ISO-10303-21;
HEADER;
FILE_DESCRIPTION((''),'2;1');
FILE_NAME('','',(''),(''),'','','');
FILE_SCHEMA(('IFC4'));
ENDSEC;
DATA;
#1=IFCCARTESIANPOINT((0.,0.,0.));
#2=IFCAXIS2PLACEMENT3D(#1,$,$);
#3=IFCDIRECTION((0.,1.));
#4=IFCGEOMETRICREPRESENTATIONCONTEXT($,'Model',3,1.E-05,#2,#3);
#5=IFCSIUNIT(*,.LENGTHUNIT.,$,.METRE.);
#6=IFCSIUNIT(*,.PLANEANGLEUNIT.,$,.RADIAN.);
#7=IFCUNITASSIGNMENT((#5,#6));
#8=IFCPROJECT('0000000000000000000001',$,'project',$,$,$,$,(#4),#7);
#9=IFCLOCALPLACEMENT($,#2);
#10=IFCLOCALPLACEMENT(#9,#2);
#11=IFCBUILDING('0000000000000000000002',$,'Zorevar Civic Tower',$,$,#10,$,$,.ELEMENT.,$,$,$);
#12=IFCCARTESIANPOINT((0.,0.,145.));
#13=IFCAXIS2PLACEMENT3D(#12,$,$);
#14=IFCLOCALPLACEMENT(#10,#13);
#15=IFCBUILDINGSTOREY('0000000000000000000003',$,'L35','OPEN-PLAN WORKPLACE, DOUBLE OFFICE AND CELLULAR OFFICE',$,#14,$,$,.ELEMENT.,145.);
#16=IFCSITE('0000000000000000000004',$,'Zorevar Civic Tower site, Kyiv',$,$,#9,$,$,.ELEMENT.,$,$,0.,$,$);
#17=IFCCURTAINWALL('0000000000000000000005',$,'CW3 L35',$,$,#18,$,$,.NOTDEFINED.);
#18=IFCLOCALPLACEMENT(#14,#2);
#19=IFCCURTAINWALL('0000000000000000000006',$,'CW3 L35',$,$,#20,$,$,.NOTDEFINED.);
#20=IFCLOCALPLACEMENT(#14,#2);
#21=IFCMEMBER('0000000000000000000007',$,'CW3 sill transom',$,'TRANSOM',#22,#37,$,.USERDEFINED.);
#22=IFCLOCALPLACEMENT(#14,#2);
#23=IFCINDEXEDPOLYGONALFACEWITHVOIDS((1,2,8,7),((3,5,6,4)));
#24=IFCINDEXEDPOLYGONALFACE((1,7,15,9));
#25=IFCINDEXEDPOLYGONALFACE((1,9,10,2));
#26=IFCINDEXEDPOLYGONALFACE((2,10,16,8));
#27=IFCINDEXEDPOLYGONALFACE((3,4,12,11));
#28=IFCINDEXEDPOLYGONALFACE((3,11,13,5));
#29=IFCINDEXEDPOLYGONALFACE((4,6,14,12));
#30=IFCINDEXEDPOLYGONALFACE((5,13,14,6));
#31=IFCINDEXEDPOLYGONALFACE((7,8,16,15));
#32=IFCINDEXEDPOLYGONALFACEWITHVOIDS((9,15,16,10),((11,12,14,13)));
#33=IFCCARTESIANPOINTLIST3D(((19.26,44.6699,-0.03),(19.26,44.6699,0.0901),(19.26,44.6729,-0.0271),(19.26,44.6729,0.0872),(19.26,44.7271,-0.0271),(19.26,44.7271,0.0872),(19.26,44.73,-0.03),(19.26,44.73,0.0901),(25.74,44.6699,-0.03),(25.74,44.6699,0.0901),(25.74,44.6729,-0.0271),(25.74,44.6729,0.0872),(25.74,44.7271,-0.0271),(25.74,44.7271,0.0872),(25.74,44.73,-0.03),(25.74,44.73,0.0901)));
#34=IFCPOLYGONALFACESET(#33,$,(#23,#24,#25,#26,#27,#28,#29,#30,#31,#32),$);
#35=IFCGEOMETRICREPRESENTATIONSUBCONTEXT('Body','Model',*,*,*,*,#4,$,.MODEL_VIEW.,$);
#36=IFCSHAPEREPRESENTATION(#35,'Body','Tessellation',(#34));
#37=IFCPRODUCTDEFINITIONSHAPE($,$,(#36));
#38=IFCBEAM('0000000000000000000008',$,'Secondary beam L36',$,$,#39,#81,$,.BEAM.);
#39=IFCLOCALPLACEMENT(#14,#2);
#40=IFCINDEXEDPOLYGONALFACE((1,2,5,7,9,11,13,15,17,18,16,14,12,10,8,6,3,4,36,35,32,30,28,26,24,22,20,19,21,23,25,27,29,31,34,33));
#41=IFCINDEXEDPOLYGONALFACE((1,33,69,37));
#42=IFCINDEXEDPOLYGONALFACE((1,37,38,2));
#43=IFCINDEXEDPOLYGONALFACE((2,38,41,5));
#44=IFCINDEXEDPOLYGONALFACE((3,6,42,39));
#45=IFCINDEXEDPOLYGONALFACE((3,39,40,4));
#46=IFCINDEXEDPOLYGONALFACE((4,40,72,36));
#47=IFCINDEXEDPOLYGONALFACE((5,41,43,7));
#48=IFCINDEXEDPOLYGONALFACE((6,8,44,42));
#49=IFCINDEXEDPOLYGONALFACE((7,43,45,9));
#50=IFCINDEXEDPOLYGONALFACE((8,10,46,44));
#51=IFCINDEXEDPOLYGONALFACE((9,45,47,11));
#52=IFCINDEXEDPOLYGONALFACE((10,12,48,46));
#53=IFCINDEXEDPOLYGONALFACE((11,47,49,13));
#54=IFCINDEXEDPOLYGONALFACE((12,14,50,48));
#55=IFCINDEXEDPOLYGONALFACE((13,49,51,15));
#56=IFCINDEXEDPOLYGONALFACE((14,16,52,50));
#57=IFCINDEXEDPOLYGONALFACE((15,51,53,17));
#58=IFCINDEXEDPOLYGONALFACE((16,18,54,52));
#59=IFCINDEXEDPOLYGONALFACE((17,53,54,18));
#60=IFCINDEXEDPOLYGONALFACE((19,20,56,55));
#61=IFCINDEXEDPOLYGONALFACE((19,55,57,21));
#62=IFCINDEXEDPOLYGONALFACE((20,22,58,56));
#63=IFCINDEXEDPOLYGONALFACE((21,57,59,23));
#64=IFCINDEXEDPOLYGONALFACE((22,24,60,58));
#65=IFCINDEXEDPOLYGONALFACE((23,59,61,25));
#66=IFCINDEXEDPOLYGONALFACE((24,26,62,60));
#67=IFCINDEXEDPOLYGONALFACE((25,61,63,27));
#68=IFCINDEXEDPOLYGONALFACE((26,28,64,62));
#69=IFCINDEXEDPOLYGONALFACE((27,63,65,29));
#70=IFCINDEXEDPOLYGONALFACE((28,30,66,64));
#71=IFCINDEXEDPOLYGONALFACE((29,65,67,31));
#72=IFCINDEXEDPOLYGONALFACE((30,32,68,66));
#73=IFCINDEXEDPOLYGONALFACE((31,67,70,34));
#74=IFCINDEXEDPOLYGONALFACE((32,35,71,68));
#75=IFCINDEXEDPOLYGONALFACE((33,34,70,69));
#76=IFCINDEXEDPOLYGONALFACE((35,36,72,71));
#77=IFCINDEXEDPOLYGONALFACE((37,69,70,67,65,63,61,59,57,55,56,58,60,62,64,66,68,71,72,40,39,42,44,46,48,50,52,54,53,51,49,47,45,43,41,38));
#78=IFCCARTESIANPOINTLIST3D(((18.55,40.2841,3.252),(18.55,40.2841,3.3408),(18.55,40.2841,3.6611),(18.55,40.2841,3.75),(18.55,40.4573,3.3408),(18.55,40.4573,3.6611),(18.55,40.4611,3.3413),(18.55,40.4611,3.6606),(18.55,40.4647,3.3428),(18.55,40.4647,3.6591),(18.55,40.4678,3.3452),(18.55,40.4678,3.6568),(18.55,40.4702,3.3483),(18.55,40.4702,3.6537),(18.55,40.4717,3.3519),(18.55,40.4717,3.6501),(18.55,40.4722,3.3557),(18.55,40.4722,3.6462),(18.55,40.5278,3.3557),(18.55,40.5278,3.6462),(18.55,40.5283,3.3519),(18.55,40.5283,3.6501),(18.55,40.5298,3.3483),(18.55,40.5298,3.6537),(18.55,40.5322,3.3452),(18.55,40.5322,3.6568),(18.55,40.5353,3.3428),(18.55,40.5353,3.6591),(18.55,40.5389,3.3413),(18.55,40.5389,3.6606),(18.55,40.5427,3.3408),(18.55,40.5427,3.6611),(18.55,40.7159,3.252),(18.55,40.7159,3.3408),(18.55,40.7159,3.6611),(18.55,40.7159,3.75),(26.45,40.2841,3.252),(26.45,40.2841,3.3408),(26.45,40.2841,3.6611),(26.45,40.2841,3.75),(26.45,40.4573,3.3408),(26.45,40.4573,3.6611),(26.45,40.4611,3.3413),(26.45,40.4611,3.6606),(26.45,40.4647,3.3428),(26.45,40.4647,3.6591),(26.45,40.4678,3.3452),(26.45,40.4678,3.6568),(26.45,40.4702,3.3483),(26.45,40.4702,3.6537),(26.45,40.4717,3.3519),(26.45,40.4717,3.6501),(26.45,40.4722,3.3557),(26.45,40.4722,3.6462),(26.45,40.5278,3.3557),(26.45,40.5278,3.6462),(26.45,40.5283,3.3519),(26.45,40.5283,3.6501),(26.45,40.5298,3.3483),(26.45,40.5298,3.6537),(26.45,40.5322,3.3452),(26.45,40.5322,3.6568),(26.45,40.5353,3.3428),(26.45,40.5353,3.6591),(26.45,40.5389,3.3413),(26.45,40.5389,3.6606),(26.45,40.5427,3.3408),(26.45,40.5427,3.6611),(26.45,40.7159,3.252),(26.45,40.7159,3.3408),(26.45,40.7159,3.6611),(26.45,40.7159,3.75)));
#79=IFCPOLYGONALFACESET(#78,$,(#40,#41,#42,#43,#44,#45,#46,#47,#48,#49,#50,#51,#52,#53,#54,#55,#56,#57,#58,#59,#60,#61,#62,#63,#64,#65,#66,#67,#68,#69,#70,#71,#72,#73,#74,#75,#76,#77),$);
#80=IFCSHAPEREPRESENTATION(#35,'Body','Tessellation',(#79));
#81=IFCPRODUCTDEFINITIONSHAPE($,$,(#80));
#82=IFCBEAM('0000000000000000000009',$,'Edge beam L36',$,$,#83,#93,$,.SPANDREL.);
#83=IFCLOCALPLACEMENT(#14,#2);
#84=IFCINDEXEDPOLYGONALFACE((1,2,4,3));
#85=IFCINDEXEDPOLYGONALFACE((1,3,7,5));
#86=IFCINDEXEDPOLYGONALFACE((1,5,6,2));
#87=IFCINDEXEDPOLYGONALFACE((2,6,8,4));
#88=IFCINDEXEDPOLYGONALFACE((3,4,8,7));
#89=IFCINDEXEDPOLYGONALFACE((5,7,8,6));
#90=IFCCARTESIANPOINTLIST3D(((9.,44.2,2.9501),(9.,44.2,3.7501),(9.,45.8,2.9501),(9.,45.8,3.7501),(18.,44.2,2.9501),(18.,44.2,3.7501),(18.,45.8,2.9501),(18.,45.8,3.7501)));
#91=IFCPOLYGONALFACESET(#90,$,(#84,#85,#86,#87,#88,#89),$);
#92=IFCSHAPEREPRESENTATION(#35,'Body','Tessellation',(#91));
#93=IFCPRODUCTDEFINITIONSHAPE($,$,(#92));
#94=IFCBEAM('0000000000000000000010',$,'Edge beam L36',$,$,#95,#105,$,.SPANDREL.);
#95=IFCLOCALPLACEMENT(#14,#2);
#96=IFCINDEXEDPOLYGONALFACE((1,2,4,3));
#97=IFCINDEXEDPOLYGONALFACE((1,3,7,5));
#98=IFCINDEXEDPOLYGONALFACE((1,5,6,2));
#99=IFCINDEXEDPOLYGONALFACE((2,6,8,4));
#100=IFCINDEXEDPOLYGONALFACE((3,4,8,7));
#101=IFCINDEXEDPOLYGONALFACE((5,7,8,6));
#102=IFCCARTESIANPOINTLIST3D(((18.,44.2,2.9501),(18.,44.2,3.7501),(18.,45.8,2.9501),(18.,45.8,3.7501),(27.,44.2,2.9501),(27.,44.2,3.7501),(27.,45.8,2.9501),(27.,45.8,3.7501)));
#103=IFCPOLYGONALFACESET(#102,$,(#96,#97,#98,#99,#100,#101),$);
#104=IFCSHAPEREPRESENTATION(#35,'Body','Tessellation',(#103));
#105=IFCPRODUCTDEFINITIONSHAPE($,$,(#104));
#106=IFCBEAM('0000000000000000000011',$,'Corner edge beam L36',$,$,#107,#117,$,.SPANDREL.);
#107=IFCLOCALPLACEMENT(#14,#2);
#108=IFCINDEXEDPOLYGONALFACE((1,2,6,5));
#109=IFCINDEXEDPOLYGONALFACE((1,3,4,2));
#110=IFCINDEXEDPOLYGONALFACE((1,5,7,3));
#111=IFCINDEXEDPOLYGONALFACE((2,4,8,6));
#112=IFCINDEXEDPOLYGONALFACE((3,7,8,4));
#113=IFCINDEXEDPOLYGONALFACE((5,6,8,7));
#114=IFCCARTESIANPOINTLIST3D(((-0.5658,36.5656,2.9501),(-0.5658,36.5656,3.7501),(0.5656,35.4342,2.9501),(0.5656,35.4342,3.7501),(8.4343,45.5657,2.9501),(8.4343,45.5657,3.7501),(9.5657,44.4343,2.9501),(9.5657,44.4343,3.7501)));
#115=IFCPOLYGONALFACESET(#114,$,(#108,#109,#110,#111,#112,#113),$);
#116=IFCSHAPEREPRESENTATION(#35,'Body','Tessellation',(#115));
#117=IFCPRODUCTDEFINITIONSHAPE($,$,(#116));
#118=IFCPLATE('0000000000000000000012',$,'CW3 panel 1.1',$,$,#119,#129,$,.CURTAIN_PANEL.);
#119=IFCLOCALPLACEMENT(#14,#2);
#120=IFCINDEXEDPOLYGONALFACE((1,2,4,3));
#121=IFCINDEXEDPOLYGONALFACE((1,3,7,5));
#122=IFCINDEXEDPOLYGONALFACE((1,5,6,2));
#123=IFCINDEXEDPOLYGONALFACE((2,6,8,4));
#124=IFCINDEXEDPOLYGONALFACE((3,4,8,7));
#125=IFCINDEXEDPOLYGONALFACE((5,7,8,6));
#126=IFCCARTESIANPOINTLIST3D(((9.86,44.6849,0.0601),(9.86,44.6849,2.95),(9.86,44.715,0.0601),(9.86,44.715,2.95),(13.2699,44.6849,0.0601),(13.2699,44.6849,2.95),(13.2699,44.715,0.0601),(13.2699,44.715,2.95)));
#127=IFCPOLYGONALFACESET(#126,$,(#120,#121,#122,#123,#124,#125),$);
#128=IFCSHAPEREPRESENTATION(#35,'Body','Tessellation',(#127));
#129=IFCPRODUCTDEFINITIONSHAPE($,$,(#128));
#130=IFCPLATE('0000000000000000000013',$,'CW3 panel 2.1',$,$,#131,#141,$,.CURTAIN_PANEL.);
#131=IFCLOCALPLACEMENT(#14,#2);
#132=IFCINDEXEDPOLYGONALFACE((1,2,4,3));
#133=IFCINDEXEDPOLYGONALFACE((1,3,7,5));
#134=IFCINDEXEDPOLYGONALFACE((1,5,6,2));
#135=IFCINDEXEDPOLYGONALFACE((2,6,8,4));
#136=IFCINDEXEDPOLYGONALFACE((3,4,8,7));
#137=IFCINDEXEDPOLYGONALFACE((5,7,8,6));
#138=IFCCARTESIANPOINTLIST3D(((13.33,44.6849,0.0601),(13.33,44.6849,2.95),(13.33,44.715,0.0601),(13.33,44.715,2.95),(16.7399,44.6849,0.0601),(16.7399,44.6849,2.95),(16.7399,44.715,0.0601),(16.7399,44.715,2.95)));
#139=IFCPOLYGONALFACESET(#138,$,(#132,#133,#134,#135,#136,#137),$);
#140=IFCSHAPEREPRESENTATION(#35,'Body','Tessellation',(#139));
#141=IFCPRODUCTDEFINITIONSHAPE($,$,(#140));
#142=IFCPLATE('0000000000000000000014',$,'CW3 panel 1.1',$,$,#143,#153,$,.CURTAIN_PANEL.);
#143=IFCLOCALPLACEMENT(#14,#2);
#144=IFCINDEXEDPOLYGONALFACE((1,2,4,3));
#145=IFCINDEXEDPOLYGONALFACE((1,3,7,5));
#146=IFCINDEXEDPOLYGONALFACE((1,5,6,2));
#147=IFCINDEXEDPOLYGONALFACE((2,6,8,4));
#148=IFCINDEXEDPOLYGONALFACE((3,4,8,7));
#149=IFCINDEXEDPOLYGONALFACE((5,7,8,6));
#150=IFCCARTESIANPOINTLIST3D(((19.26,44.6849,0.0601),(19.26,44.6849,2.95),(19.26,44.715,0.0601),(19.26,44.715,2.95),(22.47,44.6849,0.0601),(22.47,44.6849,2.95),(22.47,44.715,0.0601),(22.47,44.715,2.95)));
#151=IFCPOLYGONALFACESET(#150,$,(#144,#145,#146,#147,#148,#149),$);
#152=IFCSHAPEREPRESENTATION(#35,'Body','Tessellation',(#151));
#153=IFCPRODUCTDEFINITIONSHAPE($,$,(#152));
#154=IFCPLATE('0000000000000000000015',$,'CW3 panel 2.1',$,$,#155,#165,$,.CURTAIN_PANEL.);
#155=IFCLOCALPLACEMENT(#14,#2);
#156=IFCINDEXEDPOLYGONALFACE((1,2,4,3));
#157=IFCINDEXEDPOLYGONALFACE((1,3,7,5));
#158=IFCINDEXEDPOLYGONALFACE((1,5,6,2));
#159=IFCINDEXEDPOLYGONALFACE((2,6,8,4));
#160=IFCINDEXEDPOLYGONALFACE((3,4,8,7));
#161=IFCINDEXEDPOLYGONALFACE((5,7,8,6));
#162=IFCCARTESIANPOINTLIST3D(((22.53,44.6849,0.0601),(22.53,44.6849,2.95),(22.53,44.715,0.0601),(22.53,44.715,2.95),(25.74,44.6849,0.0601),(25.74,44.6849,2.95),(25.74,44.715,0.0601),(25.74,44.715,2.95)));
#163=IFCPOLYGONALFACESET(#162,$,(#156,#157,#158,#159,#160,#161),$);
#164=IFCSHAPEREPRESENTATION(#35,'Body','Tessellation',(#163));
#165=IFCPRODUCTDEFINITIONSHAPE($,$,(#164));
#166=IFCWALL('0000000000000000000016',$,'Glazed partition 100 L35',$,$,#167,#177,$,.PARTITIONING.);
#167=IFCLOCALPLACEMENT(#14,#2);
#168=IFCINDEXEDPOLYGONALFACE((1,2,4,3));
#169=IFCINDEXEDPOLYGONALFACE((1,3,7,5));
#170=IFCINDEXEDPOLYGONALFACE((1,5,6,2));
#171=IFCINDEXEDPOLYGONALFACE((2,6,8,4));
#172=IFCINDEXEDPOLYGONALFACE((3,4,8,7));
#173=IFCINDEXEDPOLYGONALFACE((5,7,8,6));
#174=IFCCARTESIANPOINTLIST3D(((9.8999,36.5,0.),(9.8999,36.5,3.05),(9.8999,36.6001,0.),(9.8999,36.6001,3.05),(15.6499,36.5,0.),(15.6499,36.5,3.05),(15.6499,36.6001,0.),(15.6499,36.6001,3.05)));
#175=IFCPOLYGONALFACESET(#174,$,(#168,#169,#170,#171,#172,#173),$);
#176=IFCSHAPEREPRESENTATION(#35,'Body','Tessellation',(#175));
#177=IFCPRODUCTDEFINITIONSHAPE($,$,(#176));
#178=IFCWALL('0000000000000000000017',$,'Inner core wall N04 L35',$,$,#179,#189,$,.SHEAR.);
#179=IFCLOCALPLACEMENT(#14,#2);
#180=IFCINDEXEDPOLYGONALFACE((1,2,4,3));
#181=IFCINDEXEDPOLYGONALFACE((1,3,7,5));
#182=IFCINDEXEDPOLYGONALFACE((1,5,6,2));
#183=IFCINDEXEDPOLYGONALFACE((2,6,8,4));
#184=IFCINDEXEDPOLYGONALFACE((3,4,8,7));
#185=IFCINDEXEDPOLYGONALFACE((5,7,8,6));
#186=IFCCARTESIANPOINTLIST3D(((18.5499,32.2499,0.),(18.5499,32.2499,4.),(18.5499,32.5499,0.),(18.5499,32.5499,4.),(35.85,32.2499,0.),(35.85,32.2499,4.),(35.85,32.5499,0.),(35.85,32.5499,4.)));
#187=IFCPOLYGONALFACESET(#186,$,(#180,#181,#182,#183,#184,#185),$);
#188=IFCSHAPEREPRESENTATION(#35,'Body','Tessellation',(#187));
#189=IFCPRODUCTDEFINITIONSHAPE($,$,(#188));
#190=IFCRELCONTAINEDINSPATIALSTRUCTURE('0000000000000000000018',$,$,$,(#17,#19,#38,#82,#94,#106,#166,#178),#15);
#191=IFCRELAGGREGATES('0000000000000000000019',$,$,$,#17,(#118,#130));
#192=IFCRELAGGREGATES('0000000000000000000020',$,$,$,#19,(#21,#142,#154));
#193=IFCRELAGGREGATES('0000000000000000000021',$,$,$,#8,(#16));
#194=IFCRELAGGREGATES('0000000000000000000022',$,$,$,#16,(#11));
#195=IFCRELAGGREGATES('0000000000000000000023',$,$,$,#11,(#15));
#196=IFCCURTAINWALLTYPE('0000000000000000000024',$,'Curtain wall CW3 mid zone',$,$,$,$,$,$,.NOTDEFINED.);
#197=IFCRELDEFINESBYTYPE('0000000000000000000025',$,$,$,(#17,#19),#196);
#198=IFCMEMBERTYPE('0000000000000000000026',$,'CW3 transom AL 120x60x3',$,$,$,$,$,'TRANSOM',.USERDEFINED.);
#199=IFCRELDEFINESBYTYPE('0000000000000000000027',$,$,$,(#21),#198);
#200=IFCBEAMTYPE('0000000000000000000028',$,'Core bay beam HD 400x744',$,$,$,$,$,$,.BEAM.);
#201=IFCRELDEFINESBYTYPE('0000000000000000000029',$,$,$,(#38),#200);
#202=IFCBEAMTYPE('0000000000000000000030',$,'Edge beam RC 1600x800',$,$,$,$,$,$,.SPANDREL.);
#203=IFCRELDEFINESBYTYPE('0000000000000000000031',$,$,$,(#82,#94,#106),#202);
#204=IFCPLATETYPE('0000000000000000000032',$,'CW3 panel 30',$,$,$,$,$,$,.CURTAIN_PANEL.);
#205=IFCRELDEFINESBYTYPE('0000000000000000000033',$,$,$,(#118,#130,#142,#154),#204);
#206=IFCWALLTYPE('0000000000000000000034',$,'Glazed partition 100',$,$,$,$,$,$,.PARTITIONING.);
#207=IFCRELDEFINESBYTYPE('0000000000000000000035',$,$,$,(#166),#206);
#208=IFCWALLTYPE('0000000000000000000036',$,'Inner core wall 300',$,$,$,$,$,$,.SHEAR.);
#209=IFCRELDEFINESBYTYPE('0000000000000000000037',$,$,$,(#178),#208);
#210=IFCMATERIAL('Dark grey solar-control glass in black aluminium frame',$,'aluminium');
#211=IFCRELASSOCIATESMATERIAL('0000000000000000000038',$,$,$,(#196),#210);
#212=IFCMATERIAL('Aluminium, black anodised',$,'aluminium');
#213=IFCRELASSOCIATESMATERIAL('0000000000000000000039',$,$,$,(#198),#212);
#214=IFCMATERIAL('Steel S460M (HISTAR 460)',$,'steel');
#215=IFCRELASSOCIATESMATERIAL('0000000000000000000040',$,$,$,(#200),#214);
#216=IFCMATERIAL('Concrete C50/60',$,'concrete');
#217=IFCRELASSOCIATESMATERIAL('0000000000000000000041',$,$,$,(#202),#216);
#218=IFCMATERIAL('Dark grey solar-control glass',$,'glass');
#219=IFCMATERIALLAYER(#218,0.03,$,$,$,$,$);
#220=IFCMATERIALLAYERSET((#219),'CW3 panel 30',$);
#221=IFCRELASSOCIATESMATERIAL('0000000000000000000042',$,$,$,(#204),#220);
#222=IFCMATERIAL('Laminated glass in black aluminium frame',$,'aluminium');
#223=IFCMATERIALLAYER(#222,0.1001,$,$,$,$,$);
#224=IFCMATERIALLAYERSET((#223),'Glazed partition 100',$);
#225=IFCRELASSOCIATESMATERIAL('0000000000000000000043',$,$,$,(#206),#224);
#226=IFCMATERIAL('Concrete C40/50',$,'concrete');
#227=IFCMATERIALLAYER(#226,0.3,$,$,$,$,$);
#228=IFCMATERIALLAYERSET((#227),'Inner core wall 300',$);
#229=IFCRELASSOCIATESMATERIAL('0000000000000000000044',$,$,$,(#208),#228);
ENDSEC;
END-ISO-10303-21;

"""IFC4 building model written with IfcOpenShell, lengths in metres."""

from ifc_helpers import new_model, si_unit, direction, frame, frame_2d, origin, origin_2d, place, context, subcontext, project, spatial, rectangle, hollow_rectangle, i_section, extrude, material, layer, layer_set, material_profile, profile_set, type_object, element, aggregate, save


model = new_model("IFC4")

# Units and contexts
model_context = context("Model", 3, precision=1e-05, world=origin(), true_north=direction((0.0, 1.0)))
body_context = subcontext(model_context, "Body", "Model", "MODEL_VIEW")
ifc_project = project(units=[si_unit("LENGTHUNIT", "METRE"), si_unit("PLANEANGLEUNIT", "RADIAN")], contexts=[model_context])

# Site, building, storey
site_placement = place(None, origin())
site = spatial("IfcSite", under=ifc_project, at=site_placement, Name="Zorevar Civic Tower site, Kyiv", CompositionType="ELEMENT", RefElevation=0.0)
building_placement = place(site_placement, origin())
building = spatial("IfcBuilding", under=site, at=building_placement, Name="Zorevar Civic Tower", CompositionType="ELEMENT")
storey_placement = place(building_placement, frame((0.0, 0.0, 145.0)))
storey = spatial("IfcBuildingStorey", under=building, at=storey_placement, Name="L35", Description="OPEN-PLAN WORKPLACE, DOUBLE OFFICE AND CELLULAR OFFICE", CompositionType="ELEMENT", Elevation=145.0)

# Curtain walls
ifc_material_1 = material(Name="Dark grey solar-control glass in black aluminium frame", Category="aluminium")
curtain_wall_type = type_object("IfcCurtainWallType", Name="Curtain wall CW3 mid zone", PredefinedType="NOTDEFINED", material=ifc_material_1)
curtain_wall_1_placement = place(storey_placement, origin())
curtain_wall_1 = element("IfcCurtainWall", 1, at=curtain_wall_1_placement, inside=storey, type_object=curtain_wall_type, Name="CW3 L35", PredefinedType="NOTDEFINED")
curtain_wall_2_placement = place(storey_placement, origin())
curtain_wall_2 = element("IfcCurtainWall", 2, at=curtain_wall_2_placement, inside=storey, type_object=curtain_wall_type, Name="CW3 L35", PredefinedType="NOTDEFINED")

# Member
ifc_material_2 = material(Name="Aluminium, black anodised", Category="aluminium")
ifc_material_profile_1 = material_profile(ifc_material_2, hollow_rectangle(XDim=0.0601, YDim=0.1201, WallThickness=0.0029, at=origin_2d()), Name="AL 120x60x3")
ifc_profile_set_1 = profile_set([ifc_material_profile_1], Name="Aluminium, black anodised")
member_type_1 = type_object("IfcMemberType", Name="CW3 transom AL 120x60x3", ElementType="TRANSOM", PredefinedType="USERDEFINED", material=ifc_profile_set_1)
member_1_placement = place(storey_placement, frame((19.26, 44.7, 0.03), z_axis=(1.0, 0.0, 0.0), x_axis=(0.0, 1.0, 0.0)))
member_1 = element("IfcMember", 3, at=member_1_placement, type_object=member_type_1, Name="CW3 sill transom", ObjectType="TRANSOM", PredefinedType="USERDEFINED", context=body_context, shape_type="SweptSolid", body=[
    extrude(hollow_rectangle(XDim=0.0601, YDim=0.1201, WallThickness=0.0029, at=origin_2d()), origin(), (0.0, 0.0, 1.0), 6.48),
])

# Beams
ifc_material_3 = material(Name="Steel S460M (HISTAR 460)", Category="steel")
ifc_material_profile_2 = material_profile(ifc_material_3, i_section(OverallWidth=0.4319, OverallDepth=0.498, WebThickness=0.0557, FlangeThickness=0.0889, FilletRadius=0.0149, at=origin_2d()), Name="HD 400x744")
ifc_profile_set_2 = profile_set([ifc_material_profile_2], Name="Steel S460M (HISTAR 460)")
beam_type_1 = type_object("IfcBeamType", Name="Core bay beam HD 400x744", PredefinedType="BEAM", material=ifc_profile_set_2)
beam_1_placement = place(storey_placement, frame((18.55, 40.5, 3.501), z_axis=(1.0, 0.0, 0.0), x_axis=(0.0, 1.0, 0.0)))
element("IfcBeam", 4, at=beam_1_placement, inside=storey, type_object=beam_type_1, Name="Secondary beam L36", PredefinedType="BEAM", context=body_context, shape_type="SweptSolid", body=[
    extrude(i_section(OverallWidth=0.4319, OverallDepth=0.498, WebThickness=0.0557, FlangeThickness=0.0889, FilletRadius=0.0149, at=origin_2d()), origin(), (0.0, 0.0, 1.0), 7.8999),
])
ifc_material_4 = material(Name="Concrete C50/60", Category="concrete")
ifc_material_profile_3 = material_profile(ifc_material_4, rectangle(XDim=1.6001, YDim=0.8, at=origin_2d()), Name="RC 1600x800")
ifc_profile_set_3 = profile_set([ifc_material_profile_3], Name="Concrete C50/60")
beam_type_2 = type_object("IfcBeamType", Name="Edge beam RC 1600x800", PredefinedType="SPANDREL", material=ifc_profile_set_3)
for number, where, z_axis, x_axis, name in (
    (5, (9.0, 45.0, 3.3501), (1.0, 0.0, 0.0), (0.0, 1.0, 0.0), "Edge beam L36"),
    (6, (18.0, 45.0, 3.3501), (1.0, 0.0, 0.0), (0.0, 1.0, 0.0), "Edge beam L36"),
):
    element("IfcBeam", number, at=place(storey_placement, frame(where, z_axis=z_axis, x_axis=x_axis)), inside=storey, type_object=beam_type_2, Name=name, PredefinedType="SPANDREL", context=body_context, shape_type="SweptSolid", body=[
        extrude(rectangle(XDim=1.6001, YDim=0.8, at=origin_2d()), origin(), (0.0, 0.0, 1.0), 9.0),
    ])
beam_2_placement = place(storey_placement, frame((9.0, 45.0, 3.3501), z_axis=(-0.707107, -0.707107, 0.0), x_axis=(0.707107, -0.707107, 0.0)))
element("IfcBeam", 7, at=beam_2_placement, inside=storey, type_object=beam_type_2, Name="Corner edge beam L36", PredefinedType="SPANDREL", context=body_context, shape_type="SweptSolid", body=[
    extrude(rectangle(XDim=1.6001, YDim=0.8, at=origin_2d()), origin(), (0.0, 0.0, 1.0), 12.728),
])

# Plates
ifc_material_5 = material(Name="Dark grey solar-control glass", Category="glass")
ifc_layer_1 = layer(ifc_material_5, 0.03)
ifc_layer_set_1 = layer_set([ifc_layer_1], Name="CW3 panel 30")
plate_type = type_object("IfcPlateType", Name="CW3 panel 30", PredefinedType="CURTAIN_PANEL", material=ifc_layer_set_1)
plate_1_placement = place(storey_placement, frame((11.5649, 44.7, 0.0601), z_axis=(0.0, 0.0, 1.0), x_axis=(1.0, 0.0, 0.0)))
plate_1 = element("IfcPlate", 8, at=plate_1_placement, type_object=plate_type, Name="CW3 panel 1.1", PredefinedType="CURTAIN_PANEL", context=body_context, shape_type="SweptSolid", body=[
    extrude(rectangle(XDim=3.4099, YDim=0.03, at=origin_2d()), origin(), (0.0, 0.0, 1.0), 2.8899),
])
plate_2_placement = place(storey_placement, frame((15.0349, 44.7, 0.0601), z_axis=(0.0, 0.0, 1.0), x_axis=(1.0, 0.0, 0.0)))
plate_2 = element("IfcPlate", 9, at=plate_2_placement, type_object=plate_type, Name="CW3 panel 2.1", PredefinedType="CURTAIN_PANEL", context=body_context, shape_type="SweptSolid", body=[
    extrude(rectangle(XDim=3.4099, YDim=0.03, at=origin_2d()), origin(), (0.0, 0.0, 1.0), 2.8899),
])
aggregate(curtain_wall_1, [plate_1, plate_2])
plate_3_placement = place(storey_placement, frame((20.865, 44.7, 0.0601), z_axis=(0.0, 0.0, 1.0), x_axis=(1.0, 0.0, 0.0)))
plate_3 = element("IfcPlate", 10, at=plate_3_placement, type_object=plate_type, Name="CW3 panel 1.1", PredefinedType="CURTAIN_PANEL", context=body_context, shape_type="SweptSolid", body=[
    extrude(rectangle(XDim=3.21, YDim=0.03, at=origin_2d()), origin(), (0.0, 0.0, 1.0), 2.8899),
])
plate_4_placement = place(storey_placement, frame((24.135, 44.7, 0.0601), z_axis=(0.0, 0.0, 1.0), x_axis=(1.0, 0.0, 0.0)))
plate_4 = element("IfcPlate", 11, at=plate_4_placement, type_object=plate_type, Name="CW3 panel 2.1", PredefinedType="CURTAIN_PANEL", context=body_context, shape_type="SweptSolid", body=[
    extrude(rectangle(XDim=3.21, YDim=0.03, at=origin_2d()), origin(), (0.0, 0.0, 1.0), 2.8899),
])
aggregate(curtain_wall_2, [member_1, plate_3, plate_4])

# Walls
ifc_material_6 = material(Name="Laminated glass in black aluminium frame", Category="aluminium")
ifc_layer_2 = layer(ifc_material_6, 0.1001)
ifc_layer_set_2 = layer_set([ifc_layer_2], Name="Glazed partition 100")
wall_type_1 = type_object("IfcWallType", Name="Glazed partition 100", PredefinedType="PARTITIONING", material=ifc_layer_set_2)
wall_1_placement = place(storey_placement, frame((9.8999, 36.55, 0.0), z_axis=(0.0, 0.0, 1.0), x_axis=(1.0, 0.0, 0.0)))
element("IfcWall", 12, at=wall_1_placement, inside=storey, type_object=wall_type_1, Name="Glazed partition 100 L35", PredefinedType="PARTITIONING", context=body_context, shape_type="SweptSolid", body=[
    extrude(rectangle(XDim=5.75, YDim=0.1001, at=frame_2d((2.875, 0.0))), origin(), (0.0, 0.0, 1.0), 3.05),
])
ifc_material_7 = material(Name="Concrete C40/50", Category="concrete")
ifc_layer_3 = layer(ifc_material_7, 0.3)
ifc_layer_set_3 = layer_set([ifc_layer_3], Name="Inner core wall 300")
wall_type_2 = type_object("IfcWallType", Name="Inner core wall 300", PredefinedType="SHEAR", material=ifc_layer_set_3)
wall_2_placement = place(storey_placement, frame((18.55, 32.3999, 0.0), z_axis=(0.0, 0.0, 1.0), x_axis=(1.0, 0.0, 0.0)))
element("IfcWall", 13, at=wall_2_placement, inside=storey, type_object=wall_type_2, Name="Inner core wall N04 L35", PredefinedType="SHEAR", context=body_context, shape_type="SweptSolid", body=[
    extrude(rectangle(XDim=17.3, YDim=0.3, at=frame_2d((8.6499, 0.0))), origin(), (0.0, 0.0, 1.0), 4.0),
])

save(model, "model.ifc")
